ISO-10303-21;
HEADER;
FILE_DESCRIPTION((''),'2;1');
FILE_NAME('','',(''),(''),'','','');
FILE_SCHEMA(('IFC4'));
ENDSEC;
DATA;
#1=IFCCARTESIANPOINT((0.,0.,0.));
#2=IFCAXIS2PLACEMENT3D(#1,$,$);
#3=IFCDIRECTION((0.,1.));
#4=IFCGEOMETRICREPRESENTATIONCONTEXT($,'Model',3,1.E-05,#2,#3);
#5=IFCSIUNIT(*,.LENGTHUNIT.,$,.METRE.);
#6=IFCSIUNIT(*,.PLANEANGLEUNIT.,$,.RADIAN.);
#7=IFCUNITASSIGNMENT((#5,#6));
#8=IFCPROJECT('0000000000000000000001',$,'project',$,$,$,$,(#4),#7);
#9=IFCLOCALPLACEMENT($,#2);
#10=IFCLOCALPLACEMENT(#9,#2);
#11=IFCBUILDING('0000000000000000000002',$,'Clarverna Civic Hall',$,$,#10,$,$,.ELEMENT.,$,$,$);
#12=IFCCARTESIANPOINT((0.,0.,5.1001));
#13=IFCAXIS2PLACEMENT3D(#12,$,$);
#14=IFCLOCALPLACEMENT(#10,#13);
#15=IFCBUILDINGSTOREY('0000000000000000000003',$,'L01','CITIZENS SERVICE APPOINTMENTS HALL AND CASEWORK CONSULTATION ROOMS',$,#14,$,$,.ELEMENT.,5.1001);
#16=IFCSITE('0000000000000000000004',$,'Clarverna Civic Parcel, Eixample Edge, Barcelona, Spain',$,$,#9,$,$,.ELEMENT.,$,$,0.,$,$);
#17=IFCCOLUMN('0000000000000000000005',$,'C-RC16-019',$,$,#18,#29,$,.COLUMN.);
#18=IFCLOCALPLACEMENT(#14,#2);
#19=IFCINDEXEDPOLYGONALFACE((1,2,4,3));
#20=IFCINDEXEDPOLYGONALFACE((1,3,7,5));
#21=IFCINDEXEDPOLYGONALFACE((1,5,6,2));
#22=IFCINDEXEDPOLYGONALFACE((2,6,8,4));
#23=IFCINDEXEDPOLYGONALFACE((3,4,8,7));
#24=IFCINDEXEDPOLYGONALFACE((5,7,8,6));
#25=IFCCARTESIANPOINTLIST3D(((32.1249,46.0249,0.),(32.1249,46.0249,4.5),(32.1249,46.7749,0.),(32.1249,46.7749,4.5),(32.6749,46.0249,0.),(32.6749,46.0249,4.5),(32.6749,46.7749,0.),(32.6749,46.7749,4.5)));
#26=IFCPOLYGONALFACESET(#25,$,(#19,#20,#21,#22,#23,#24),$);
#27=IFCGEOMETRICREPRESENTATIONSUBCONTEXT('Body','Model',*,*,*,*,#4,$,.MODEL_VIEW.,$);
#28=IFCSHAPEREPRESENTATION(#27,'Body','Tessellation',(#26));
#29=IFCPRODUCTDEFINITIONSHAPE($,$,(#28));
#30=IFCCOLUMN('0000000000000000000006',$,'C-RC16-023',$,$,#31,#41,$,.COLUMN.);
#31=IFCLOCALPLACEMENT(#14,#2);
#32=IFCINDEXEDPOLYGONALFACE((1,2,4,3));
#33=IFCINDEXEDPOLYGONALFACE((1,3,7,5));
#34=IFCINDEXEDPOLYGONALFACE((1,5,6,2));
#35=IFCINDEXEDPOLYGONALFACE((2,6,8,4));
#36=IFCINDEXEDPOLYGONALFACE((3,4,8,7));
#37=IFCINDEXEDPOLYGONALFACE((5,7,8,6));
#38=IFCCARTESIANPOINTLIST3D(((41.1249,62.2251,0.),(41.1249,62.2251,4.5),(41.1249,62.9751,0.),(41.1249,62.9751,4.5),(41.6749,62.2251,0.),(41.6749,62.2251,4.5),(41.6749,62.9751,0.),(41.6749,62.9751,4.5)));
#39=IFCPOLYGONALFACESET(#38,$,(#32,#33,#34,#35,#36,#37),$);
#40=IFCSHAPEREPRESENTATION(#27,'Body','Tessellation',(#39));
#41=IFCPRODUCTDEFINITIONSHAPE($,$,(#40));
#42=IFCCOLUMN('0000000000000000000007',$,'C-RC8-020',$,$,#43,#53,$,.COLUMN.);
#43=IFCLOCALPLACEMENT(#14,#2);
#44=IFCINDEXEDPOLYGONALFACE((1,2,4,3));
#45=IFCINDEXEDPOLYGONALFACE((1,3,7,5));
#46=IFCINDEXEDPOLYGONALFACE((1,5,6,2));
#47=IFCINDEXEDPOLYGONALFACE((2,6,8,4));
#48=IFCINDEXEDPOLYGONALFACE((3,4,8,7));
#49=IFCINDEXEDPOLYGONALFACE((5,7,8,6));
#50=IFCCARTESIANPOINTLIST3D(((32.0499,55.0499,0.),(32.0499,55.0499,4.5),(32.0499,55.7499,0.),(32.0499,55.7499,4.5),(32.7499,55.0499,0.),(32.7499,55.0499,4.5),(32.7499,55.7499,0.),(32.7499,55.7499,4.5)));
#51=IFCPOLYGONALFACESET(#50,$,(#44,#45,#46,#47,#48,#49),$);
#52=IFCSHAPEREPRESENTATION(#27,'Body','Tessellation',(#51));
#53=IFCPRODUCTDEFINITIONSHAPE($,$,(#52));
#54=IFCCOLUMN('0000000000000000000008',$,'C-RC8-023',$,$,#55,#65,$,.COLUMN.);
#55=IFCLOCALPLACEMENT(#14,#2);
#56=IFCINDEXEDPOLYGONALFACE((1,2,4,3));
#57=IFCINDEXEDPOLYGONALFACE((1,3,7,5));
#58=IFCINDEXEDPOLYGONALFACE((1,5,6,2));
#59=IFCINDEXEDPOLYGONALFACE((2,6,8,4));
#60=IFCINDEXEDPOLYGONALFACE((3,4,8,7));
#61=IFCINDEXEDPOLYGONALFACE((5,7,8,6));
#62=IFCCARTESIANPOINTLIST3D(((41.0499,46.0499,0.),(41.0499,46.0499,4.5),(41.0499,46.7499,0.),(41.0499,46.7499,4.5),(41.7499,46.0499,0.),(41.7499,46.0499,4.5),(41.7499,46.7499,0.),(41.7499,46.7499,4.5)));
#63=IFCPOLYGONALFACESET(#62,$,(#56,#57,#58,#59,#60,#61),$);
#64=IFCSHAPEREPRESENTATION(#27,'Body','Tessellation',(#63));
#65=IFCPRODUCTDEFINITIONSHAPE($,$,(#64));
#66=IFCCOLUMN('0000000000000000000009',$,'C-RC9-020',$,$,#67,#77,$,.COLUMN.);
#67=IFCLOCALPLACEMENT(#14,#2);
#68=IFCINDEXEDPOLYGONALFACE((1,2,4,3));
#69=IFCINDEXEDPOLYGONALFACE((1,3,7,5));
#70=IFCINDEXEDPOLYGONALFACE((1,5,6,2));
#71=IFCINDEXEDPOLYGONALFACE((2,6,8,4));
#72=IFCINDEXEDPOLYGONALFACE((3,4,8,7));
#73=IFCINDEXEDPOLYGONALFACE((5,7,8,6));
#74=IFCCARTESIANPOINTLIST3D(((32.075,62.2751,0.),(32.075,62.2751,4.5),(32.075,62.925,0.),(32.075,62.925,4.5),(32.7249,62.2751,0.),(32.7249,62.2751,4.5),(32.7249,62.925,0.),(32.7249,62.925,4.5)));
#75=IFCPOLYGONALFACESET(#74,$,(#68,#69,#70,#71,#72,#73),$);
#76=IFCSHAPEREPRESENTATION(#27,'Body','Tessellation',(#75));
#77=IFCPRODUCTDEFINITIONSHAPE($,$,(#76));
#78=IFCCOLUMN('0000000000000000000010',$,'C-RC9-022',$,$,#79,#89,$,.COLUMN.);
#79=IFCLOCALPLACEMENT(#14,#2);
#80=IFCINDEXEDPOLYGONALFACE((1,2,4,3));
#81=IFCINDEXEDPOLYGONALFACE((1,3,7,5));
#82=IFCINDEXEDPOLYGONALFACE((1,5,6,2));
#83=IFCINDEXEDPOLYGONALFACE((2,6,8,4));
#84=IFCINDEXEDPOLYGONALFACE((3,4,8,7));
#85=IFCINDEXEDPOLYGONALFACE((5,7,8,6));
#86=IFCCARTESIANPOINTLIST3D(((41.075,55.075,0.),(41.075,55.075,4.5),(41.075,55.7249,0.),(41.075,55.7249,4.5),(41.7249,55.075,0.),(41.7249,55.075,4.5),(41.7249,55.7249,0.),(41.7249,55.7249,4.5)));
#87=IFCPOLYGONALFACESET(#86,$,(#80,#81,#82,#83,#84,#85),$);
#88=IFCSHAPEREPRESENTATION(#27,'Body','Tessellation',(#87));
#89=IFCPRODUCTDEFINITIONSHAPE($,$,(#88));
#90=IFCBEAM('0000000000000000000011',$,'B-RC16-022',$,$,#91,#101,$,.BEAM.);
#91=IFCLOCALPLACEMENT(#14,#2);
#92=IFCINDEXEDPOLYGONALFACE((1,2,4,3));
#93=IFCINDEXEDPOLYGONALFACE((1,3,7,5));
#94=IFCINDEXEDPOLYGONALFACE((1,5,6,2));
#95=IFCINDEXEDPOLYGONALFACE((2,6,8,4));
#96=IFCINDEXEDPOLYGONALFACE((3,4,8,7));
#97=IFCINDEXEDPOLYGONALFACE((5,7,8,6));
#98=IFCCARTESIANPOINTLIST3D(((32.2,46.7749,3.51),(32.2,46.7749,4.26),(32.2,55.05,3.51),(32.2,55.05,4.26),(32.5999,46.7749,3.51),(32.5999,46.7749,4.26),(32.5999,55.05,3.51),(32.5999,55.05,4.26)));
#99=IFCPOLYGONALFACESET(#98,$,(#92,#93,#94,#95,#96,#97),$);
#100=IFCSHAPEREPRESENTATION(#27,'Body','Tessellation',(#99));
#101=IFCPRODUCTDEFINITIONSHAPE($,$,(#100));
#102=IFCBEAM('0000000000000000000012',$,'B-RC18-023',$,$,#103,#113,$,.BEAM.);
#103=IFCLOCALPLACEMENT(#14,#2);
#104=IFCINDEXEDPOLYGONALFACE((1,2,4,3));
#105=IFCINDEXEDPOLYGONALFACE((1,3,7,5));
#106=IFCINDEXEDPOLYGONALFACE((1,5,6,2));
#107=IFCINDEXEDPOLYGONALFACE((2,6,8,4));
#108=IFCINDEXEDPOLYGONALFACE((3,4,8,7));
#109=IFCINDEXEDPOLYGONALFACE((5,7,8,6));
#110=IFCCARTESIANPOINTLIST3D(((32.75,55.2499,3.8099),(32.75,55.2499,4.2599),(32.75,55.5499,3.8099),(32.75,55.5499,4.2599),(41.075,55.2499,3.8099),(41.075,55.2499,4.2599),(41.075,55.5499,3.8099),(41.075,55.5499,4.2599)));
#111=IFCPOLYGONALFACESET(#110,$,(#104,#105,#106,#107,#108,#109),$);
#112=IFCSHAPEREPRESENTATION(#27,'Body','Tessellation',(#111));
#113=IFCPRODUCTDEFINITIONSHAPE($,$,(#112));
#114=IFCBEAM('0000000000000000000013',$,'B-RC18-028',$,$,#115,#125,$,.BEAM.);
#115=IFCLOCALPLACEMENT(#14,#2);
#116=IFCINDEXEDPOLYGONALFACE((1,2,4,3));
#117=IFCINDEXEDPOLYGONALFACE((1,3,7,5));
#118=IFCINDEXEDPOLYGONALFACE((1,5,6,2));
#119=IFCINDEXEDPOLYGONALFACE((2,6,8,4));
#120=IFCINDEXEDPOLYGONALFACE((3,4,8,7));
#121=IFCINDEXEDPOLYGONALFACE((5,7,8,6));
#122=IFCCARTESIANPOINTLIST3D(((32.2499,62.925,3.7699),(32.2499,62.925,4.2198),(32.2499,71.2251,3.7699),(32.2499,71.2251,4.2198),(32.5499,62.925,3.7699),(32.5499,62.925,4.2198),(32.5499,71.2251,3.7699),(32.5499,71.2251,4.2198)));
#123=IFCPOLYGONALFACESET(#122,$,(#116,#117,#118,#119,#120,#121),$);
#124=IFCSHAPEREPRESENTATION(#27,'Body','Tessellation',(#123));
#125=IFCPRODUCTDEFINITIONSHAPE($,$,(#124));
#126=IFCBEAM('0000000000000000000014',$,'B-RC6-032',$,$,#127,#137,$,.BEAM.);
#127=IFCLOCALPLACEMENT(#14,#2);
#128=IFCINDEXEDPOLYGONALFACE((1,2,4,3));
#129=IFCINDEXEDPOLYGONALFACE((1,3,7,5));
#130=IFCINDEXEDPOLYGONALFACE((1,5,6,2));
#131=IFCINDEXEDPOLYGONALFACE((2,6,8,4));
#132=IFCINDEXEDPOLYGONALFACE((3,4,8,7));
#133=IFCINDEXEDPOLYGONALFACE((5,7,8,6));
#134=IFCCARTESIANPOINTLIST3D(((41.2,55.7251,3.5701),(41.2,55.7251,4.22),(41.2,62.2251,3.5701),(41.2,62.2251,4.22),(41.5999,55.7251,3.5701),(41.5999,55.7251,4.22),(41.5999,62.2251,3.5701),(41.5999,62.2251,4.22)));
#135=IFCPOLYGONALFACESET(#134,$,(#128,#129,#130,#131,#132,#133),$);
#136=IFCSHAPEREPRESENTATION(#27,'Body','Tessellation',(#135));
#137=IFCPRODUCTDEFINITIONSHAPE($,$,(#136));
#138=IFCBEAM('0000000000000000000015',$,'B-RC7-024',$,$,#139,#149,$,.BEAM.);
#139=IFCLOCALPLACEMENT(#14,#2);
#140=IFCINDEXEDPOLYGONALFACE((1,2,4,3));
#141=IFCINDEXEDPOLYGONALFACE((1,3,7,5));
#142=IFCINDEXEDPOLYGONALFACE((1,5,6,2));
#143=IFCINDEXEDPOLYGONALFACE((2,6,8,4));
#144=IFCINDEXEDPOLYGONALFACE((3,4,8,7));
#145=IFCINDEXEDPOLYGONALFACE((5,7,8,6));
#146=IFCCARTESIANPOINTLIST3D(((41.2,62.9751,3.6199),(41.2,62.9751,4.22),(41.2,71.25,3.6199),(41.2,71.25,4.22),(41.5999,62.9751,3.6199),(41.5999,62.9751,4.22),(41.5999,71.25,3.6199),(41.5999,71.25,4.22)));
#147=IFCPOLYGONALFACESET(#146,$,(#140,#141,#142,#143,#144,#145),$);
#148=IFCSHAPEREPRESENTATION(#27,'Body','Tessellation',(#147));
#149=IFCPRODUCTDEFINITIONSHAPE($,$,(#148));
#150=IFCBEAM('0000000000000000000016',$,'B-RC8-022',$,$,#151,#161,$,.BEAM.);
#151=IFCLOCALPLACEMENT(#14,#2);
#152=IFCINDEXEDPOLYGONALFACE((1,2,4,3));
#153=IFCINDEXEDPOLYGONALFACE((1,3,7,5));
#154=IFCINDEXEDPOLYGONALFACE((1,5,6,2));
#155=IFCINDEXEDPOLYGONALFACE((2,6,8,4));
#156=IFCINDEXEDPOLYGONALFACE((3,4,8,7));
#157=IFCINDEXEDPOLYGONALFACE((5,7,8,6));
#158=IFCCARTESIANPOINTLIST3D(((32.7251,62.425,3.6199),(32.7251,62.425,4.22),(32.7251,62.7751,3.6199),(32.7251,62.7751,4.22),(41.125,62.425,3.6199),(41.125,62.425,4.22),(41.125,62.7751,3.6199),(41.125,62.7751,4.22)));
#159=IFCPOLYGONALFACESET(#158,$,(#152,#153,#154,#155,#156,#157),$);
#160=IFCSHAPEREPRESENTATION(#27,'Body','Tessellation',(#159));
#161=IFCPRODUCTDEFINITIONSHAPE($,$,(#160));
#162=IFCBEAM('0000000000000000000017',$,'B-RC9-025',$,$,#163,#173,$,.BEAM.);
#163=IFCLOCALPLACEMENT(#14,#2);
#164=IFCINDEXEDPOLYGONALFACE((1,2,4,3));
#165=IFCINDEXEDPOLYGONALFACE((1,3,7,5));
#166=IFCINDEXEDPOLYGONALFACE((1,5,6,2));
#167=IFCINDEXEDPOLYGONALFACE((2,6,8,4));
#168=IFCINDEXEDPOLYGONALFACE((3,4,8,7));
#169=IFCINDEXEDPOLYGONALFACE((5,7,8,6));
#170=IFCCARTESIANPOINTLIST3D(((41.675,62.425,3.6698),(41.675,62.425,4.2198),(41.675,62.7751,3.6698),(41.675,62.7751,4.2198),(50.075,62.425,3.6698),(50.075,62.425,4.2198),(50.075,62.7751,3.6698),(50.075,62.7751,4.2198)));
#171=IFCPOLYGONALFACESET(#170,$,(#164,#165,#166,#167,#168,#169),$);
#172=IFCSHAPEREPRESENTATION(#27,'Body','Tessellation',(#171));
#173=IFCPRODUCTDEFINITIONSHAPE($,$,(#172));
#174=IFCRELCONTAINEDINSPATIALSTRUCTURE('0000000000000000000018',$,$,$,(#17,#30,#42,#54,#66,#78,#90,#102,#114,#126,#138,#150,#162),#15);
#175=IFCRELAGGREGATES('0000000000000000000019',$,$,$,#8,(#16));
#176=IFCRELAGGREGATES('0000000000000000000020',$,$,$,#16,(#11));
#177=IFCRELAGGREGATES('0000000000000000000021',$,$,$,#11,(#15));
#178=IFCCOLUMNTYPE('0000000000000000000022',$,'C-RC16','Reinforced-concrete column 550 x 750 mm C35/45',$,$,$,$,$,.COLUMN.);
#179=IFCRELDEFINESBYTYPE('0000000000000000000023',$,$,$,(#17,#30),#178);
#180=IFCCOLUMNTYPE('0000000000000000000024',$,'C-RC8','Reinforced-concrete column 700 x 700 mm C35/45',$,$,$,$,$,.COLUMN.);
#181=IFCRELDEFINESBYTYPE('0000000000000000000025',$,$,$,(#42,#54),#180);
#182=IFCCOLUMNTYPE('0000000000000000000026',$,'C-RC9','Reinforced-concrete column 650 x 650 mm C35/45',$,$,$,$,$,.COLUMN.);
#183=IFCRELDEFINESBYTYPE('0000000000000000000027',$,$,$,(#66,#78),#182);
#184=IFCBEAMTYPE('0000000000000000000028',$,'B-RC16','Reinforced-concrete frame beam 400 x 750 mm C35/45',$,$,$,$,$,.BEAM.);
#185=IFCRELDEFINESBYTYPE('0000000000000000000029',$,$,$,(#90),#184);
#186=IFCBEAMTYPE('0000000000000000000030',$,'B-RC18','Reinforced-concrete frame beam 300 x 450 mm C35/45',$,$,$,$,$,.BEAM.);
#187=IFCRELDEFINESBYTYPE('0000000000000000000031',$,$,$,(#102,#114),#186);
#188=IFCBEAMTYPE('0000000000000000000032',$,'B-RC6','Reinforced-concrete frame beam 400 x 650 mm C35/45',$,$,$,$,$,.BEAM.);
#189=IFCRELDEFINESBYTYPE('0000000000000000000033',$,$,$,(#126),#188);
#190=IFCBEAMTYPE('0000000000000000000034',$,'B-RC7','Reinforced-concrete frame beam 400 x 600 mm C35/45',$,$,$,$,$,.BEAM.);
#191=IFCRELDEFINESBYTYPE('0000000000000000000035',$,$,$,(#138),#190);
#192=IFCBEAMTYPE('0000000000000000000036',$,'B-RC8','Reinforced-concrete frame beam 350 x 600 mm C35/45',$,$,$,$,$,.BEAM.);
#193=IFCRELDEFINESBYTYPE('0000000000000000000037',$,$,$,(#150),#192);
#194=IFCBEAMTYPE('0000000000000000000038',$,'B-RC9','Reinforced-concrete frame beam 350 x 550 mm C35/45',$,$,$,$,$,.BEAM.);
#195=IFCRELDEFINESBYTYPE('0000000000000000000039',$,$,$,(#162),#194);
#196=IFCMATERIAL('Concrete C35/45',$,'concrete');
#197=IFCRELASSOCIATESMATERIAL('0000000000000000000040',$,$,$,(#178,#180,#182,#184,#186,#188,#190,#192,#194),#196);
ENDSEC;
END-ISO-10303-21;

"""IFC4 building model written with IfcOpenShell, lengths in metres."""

from ifc_helpers import new_model, si_unit, direction, frame, origin, origin_2d, place, context, subcontext, project, spatial, rectangle, extrude, material, material_profile, profile_set, type_object, element, save


model = new_model("IFC4")

# Units and contexts
model_context = context("Model", 3, precision=1e-05, world=origin(), true_north=direction((0.0, 1.0)))
body_context = subcontext(model_context, "Body", "Model", "MODEL_VIEW")
ifc_project = project(units=[si_unit("LENGTHUNIT", "METRE"), si_unit("PLANEANGLEUNIT", "RADIAN")], contexts=[model_context])

# Site, building, storey
site_placement = place(None, origin())
site = spatial("IfcSite", under=ifc_project, at=site_placement, Name="Clarverna Civic Parcel, Eixample Edge, Barcelona, Spain", CompositionType="ELEMENT", RefElevation=0.0)
building_placement = place(site_placement, origin())
building = spatial("IfcBuilding", under=site, at=building_placement, Name="Clarverna Civic Hall", CompositionType="ELEMENT")
storey_placement = place(building_placement, frame((0.0, 0.0, 5.1001)))
storey = spatial("IfcBuildingStorey", under=building, at=storey_placement, Name="L01", Description="CITIZENS SERVICE APPOINTMENTS HALL AND CASEWORK CONSULTATION ROOMS", CompositionType="ELEMENT", Elevation=5.1001)

# Columns
ifc_material_1 = material(Name="Concrete C35/45", Category="concrete")
ifc_material_profile_1 = material_profile(ifc_material_1, rectangle(XDim=0.55, YDim=0.75, at=origin_2d()), Name="RC 550x750")
ifc_profile_set_1 = profile_set([ifc_material_profile_1], Name="Concrete C35/45")
column_type_1 = type_object("IfcColumnType", Name="C-RC16", Description="Reinforced-concrete column 550 x 750 mm C35/45", PredefinedType="COLUMN", material=ifc_profile_set_1)
for number, where, z_axis, x_axis, name in (
    (1, (32.3999, 46.3999, 0.0), (0.0, 0.0, 1.0), (1.0, 0.0, 0.0), "C-RC16-019"),
    (2, (41.3999, 62.6001, 0.0), (0.0, 0.0, 1.0), (1.0, 0.0, 0.0), "C-RC16-023"),
):
    element("IfcColumn", number, at=place(storey_placement, frame(where, z_axis=z_axis, x_axis=x_axis)), inside=storey, type_object=column_type_1, Name=name, PredefinedType="COLUMN", context=body_context, shape_type="SweptSolid", body=[
        extrude(rectangle(XDim=0.55, YDim=0.75, at=origin_2d()), origin(), (0.0, 0.0, 1.0), 4.5),
    ])
ifc_material_profile_2 = material_profile(ifc_material_1, rectangle(XDim=0.7, YDim=0.7, at=origin_2d()), Name="RC 700x700")
ifc_profile_set_2 = profile_set([ifc_material_profile_2], Name="Concrete C35/45")
column_type_2 = type_object("IfcColumnType", Name="C-RC8", Description="Reinforced-concrete column 700 x 700 mm C35/45", PredefinedType="COLUMN", material=ifc_profile_set_2)
for number, where, z_axis, x_axis, name in (
    (3, (32.3999, 55.3999, 0.0), (0.0, 0.0, 1.0), (1.0, 0.0, 0.0), "C-RC8-020"),
    (4, (41.3999, 46.3999, 0.0), (0.0, 0.0, 1.0), (1.0, 0.0, 0.0), "C-RC8-023"),
):
    element("IfcColumn", number, at=place(storey_placement, frame(where, z_axis=z_axis, x_axis=x_axis)), inside=storey, type_object=column_type_2, Name=name, PredefinedType="COLUMN", context=body_context, shape_type="SweptSolid", body=[
        extrude(rectangle(XDim=0.7, YDim=0.7, at=origin_2d()), origin(), (0.0, 0.0, 1.0), 4.5),
    ])
ifc_material_profile_3 = material_profile(ifc_material_1, rectangle(XDim=0.6499, YDim=0.6499, at=origin_2d()), Name="RC 650x650")
ifc_profile_set_3 = profile_set([ifc_material_profile_3], Name="Concrete C35/45")
column_type_3 = type_object("IfcColumnType", Name="C-RC9", Description="Reinforced-concrete column 650 x 650 mm C35/45", PredefinedType="COLUMN", material=ifc_profile_set_3)
for number, where, z_axis, x_axis, name in (
    (5, (32.3999, 62.6001, 0.0), (0.0, 0.0, 1.0), (1.0, 0.0, 0.0), "C-RC9-020"),
    (6, (41.3999, 55.3999, 0.0), (0.0, 0.0, 1.0), (1.0, 0.0, 0.0), "C-RC9-022"),
):
    element("IfcColumn", number, at=place(storey_placement, frame(where, z_axis=z_axis, x_axis=x_axis)), inside=storey, type_object=column_type_3, Name=name, PredefinedType="COLUMN", context=body_context, shape_type="SweptSolid", body=[
        extrude(rectangle(XDim=0.6499, YDim=0.6499, at=origin_2d()), origin(), (0.0, 0.0, 1.0), 4.5),
    ])

# Beams
ifc_material_profile_4 = material_profile(ifc_material_1, rectangle(XDim=0.3999, YDim=0.75, at=origin_2d()), Name="RC 400x750")
ifc_profile_set_4 = profile_set([ifc_material_profile_4], Name="Concrete C35/45")
beam_type_1 = type_object("IfcBeamType", Name="B-RC16", Description="Reinforced-concrete frame beam 400 x 750 mm C35/45", PredefinedType="BEAM", material=ifc_profile_set_4)
beam_1_placement = place(storey_placement, frame((32.3999, 46.7749, 3.885), z_axis=(0.0, 1.0, 0.0), x_axis=(-1.0, 0.0, 0.0)))
element("IfcBeam", 7, at=beam_1_placement, inside=storey, type_object=beam_type_1, Name="B-RC16-022", PredefinedType="BEAM", context=body_context, shape_type="SweptSolid", body=[
    extrude(rectangle(XDim=0.3999, YDim=0.75, at=origin_2d()), origin(), (0.0, 0.0, 1.0), 8.2751),
])
ifc_material_profile_5 = material_profile(ifc_material_1, rectangle(XDim=0.3, YDim=0.45, at=origin_2d()), Name="RC 300x450")
ifc_profile_set_5 = profile_set([ifc_material_profile_5], Name="Concrete C35/45")
beam_type_2 = type_object("IfcBeamType", Name="B-RC18", Description="Reinforced-concrete frame beam 300 x 450 mm C35/45", PredefinedType="BEAM", material=ifc_profile_set_5)
beam_2_placement = place(storey_placement, frame((32.75, 55.3999, 4.0349), z_axis=(1.0, 0.0, 0.0), x_axis=(0.0, 1.0, 0.0)))
element("IfcBeam", 8, at=beam_2_placement, inside=storey, type_object=beam_type_2, Name="B-RC18-023", PredefinedType="BEAM", context=body_context, shape_type="SweptSolid", body=[
    extrude(rectangle(XDim=0.3, YDim=0.45, at=origin_2d()), origin(), (0.0, 0.0, 1.0), 8.325),
])
beam_3_placement = place(storey_placement, frame((32.3999, 62.925, 3.9949), z_axis=(0.0, 1.0, 0.0), x_axis=(-1.0, 0.0, 0.0)))
element("IfcBeam", 9, at=beam_3_placement, inside=storey, type_object=beam_type_2, Name="B-RC18-028", PredefinedType="BEAM", context=body_context, shape_type="SweptSolid", body=[
    extrude(rectangle(XDim=0.3, YDim=0.45, at=origin_2d()), origin(), (0.0, 0.0, 1.0), 8.3),
])
ifc_material_profile_6 = material_profile(ifc_material_1, rectangle(XDim=0.3999, YDim=0.6499, at=origin_2d()), Name="RC 400x650")
ifc_profile_set_6 = profile_set([ifc_material_profile_6], Name="Concrete C35/45")
beam_type_3 = type_object("IfcBeamType", Name="B-RC6", Description="Reinforced-concrete frame beam 400 x 650 mm C35/45", PredefinedType="BEAM", material=ifc_profile_set_6)
beam_4_placement = place(storey_placement, frame((41.3999, 55.7251, 3.895), z_axis=(0.0, 1.0, 0.0), x_axis=(-1.0, 0.0, 0.0)))
element("IfcBeam", 10, at=beam_4_placement, inside=storey, type_object=beam_type_3, Name="B-RC6-032", PredefinedType="BEAM", context=body_context, shape_type="SweptSolid", body=[
    extrude(rectangle(XDim=0.3999, YDim=0.6499, at=origin_2d()), origin(), (0.0, 0.0, 1.0), 6.5),
])
ifc_material_profile_7 = material_profile(ifc_material_1, rectangle(XDim=0.3999, YDim=0.6001, at=origin_2d()), Name="RC 400x600")
ifc_profile_set_7 = profile_set([ifc_material_profile_7], Name="Concrete C35/45")
beam_type_4 = type_object("IfcBeamType", Name="B-RC7", Description="Reinforced-concrete frame beam 400 x 600 mm C35/45", PredefinedType="BEAM", material=ifc_profile_set_7)
beam_5_placement = place(storey_placement, frame((41.3999, 62.9751, 3.9199), z_axis=(0.0, 1.0, 0.0), x_axis=(-1.0, 0.0, 0.0)))
element("IfcBeam", 11, at=beam_5_placement, inside=storey, type_object=beam_type_4, Name="B-RC7-024", PredefinedType="BEAM", context=body_context, shape_type="SweptSolid", body=[
    extrude(rectangle(XDim=0.3999, YDim=0.6001, at=origin_2d()), origin(), (0.0, 0.0, 1.0), 8.2749),
])
ifc_material_profile_8 = material_profile(ifc_material_1, rectangle(XDim=0.3501, YDim=0.6001, at=origin_2d()), Name="RC 350x600")
ifc_profile_set_8 = profile_set([ifc_material_profile_8], Name="Concrete C35/45")
beam_type_5 = type_object("IfcBeamType", Name="B-RC8", Description="Reinforced-concrete frame beam 350 x 600 mm C35/45", PredefinedType="BEAM", material=ifc_profile_set_8)
beam_6_placement = place(storey_placement, frame((32.7251, 62.6001, 3.9199), z_axis=(1.0, 0.0, 0.0), x_axis=(0.0, 1.0, 0.0)))
element("IfcBeam", 12, at=beam_6_placement, inside=storey, type_object=beam_type_5, Name="B-RC8-022", PredefinedType="BEAM", context=body_context, shape_type="SweptSolid", body=[
    extrude(rectangle(XDim=0.3501, YDim=0.6001, at=origin_2d()), origin(), (0.0, 0.0, 1.0), 8.3999),
])
ifc_material_profile_9 = material_profile(ifc_material_1, rectangle(XDim=0.3501, YDim=0.55, at=origin_2d()), Name="RC 350x550")
ifc_profile_set_9 = profile_set([ifc_material_profile_9], Name="Concrete C35/45")
beam_type_6 = type_object("IfcBeamType", Name="B-RC9", Description="Reinforced-concrete frame beam 350 x 550 mm C35/45", PredefinedType="BEAM", material=ifc_profile_set_9)
beam_7_placement = place(storey_placement, frame((41.675, 62.6001, 3.9448), z_axis=(1.0, 0.0, 0.0), x_axis=(0.0, 1.0, 0.0)))
element("IfcBeam", 13, at=beam_7_placement, inside=storey, type_object=beam_type_6, Name="B-RC9-025", PredefinedType="BEAM", context=body_context, shape_type="SweptSolid", body=[
    extrude(rectangle(XDim=0.3501, YDim=0.55, at=origin_2d()), origin(), (0.0, 0.0, 1.0), 8.3999),
])

save(model, "model.ifc")
